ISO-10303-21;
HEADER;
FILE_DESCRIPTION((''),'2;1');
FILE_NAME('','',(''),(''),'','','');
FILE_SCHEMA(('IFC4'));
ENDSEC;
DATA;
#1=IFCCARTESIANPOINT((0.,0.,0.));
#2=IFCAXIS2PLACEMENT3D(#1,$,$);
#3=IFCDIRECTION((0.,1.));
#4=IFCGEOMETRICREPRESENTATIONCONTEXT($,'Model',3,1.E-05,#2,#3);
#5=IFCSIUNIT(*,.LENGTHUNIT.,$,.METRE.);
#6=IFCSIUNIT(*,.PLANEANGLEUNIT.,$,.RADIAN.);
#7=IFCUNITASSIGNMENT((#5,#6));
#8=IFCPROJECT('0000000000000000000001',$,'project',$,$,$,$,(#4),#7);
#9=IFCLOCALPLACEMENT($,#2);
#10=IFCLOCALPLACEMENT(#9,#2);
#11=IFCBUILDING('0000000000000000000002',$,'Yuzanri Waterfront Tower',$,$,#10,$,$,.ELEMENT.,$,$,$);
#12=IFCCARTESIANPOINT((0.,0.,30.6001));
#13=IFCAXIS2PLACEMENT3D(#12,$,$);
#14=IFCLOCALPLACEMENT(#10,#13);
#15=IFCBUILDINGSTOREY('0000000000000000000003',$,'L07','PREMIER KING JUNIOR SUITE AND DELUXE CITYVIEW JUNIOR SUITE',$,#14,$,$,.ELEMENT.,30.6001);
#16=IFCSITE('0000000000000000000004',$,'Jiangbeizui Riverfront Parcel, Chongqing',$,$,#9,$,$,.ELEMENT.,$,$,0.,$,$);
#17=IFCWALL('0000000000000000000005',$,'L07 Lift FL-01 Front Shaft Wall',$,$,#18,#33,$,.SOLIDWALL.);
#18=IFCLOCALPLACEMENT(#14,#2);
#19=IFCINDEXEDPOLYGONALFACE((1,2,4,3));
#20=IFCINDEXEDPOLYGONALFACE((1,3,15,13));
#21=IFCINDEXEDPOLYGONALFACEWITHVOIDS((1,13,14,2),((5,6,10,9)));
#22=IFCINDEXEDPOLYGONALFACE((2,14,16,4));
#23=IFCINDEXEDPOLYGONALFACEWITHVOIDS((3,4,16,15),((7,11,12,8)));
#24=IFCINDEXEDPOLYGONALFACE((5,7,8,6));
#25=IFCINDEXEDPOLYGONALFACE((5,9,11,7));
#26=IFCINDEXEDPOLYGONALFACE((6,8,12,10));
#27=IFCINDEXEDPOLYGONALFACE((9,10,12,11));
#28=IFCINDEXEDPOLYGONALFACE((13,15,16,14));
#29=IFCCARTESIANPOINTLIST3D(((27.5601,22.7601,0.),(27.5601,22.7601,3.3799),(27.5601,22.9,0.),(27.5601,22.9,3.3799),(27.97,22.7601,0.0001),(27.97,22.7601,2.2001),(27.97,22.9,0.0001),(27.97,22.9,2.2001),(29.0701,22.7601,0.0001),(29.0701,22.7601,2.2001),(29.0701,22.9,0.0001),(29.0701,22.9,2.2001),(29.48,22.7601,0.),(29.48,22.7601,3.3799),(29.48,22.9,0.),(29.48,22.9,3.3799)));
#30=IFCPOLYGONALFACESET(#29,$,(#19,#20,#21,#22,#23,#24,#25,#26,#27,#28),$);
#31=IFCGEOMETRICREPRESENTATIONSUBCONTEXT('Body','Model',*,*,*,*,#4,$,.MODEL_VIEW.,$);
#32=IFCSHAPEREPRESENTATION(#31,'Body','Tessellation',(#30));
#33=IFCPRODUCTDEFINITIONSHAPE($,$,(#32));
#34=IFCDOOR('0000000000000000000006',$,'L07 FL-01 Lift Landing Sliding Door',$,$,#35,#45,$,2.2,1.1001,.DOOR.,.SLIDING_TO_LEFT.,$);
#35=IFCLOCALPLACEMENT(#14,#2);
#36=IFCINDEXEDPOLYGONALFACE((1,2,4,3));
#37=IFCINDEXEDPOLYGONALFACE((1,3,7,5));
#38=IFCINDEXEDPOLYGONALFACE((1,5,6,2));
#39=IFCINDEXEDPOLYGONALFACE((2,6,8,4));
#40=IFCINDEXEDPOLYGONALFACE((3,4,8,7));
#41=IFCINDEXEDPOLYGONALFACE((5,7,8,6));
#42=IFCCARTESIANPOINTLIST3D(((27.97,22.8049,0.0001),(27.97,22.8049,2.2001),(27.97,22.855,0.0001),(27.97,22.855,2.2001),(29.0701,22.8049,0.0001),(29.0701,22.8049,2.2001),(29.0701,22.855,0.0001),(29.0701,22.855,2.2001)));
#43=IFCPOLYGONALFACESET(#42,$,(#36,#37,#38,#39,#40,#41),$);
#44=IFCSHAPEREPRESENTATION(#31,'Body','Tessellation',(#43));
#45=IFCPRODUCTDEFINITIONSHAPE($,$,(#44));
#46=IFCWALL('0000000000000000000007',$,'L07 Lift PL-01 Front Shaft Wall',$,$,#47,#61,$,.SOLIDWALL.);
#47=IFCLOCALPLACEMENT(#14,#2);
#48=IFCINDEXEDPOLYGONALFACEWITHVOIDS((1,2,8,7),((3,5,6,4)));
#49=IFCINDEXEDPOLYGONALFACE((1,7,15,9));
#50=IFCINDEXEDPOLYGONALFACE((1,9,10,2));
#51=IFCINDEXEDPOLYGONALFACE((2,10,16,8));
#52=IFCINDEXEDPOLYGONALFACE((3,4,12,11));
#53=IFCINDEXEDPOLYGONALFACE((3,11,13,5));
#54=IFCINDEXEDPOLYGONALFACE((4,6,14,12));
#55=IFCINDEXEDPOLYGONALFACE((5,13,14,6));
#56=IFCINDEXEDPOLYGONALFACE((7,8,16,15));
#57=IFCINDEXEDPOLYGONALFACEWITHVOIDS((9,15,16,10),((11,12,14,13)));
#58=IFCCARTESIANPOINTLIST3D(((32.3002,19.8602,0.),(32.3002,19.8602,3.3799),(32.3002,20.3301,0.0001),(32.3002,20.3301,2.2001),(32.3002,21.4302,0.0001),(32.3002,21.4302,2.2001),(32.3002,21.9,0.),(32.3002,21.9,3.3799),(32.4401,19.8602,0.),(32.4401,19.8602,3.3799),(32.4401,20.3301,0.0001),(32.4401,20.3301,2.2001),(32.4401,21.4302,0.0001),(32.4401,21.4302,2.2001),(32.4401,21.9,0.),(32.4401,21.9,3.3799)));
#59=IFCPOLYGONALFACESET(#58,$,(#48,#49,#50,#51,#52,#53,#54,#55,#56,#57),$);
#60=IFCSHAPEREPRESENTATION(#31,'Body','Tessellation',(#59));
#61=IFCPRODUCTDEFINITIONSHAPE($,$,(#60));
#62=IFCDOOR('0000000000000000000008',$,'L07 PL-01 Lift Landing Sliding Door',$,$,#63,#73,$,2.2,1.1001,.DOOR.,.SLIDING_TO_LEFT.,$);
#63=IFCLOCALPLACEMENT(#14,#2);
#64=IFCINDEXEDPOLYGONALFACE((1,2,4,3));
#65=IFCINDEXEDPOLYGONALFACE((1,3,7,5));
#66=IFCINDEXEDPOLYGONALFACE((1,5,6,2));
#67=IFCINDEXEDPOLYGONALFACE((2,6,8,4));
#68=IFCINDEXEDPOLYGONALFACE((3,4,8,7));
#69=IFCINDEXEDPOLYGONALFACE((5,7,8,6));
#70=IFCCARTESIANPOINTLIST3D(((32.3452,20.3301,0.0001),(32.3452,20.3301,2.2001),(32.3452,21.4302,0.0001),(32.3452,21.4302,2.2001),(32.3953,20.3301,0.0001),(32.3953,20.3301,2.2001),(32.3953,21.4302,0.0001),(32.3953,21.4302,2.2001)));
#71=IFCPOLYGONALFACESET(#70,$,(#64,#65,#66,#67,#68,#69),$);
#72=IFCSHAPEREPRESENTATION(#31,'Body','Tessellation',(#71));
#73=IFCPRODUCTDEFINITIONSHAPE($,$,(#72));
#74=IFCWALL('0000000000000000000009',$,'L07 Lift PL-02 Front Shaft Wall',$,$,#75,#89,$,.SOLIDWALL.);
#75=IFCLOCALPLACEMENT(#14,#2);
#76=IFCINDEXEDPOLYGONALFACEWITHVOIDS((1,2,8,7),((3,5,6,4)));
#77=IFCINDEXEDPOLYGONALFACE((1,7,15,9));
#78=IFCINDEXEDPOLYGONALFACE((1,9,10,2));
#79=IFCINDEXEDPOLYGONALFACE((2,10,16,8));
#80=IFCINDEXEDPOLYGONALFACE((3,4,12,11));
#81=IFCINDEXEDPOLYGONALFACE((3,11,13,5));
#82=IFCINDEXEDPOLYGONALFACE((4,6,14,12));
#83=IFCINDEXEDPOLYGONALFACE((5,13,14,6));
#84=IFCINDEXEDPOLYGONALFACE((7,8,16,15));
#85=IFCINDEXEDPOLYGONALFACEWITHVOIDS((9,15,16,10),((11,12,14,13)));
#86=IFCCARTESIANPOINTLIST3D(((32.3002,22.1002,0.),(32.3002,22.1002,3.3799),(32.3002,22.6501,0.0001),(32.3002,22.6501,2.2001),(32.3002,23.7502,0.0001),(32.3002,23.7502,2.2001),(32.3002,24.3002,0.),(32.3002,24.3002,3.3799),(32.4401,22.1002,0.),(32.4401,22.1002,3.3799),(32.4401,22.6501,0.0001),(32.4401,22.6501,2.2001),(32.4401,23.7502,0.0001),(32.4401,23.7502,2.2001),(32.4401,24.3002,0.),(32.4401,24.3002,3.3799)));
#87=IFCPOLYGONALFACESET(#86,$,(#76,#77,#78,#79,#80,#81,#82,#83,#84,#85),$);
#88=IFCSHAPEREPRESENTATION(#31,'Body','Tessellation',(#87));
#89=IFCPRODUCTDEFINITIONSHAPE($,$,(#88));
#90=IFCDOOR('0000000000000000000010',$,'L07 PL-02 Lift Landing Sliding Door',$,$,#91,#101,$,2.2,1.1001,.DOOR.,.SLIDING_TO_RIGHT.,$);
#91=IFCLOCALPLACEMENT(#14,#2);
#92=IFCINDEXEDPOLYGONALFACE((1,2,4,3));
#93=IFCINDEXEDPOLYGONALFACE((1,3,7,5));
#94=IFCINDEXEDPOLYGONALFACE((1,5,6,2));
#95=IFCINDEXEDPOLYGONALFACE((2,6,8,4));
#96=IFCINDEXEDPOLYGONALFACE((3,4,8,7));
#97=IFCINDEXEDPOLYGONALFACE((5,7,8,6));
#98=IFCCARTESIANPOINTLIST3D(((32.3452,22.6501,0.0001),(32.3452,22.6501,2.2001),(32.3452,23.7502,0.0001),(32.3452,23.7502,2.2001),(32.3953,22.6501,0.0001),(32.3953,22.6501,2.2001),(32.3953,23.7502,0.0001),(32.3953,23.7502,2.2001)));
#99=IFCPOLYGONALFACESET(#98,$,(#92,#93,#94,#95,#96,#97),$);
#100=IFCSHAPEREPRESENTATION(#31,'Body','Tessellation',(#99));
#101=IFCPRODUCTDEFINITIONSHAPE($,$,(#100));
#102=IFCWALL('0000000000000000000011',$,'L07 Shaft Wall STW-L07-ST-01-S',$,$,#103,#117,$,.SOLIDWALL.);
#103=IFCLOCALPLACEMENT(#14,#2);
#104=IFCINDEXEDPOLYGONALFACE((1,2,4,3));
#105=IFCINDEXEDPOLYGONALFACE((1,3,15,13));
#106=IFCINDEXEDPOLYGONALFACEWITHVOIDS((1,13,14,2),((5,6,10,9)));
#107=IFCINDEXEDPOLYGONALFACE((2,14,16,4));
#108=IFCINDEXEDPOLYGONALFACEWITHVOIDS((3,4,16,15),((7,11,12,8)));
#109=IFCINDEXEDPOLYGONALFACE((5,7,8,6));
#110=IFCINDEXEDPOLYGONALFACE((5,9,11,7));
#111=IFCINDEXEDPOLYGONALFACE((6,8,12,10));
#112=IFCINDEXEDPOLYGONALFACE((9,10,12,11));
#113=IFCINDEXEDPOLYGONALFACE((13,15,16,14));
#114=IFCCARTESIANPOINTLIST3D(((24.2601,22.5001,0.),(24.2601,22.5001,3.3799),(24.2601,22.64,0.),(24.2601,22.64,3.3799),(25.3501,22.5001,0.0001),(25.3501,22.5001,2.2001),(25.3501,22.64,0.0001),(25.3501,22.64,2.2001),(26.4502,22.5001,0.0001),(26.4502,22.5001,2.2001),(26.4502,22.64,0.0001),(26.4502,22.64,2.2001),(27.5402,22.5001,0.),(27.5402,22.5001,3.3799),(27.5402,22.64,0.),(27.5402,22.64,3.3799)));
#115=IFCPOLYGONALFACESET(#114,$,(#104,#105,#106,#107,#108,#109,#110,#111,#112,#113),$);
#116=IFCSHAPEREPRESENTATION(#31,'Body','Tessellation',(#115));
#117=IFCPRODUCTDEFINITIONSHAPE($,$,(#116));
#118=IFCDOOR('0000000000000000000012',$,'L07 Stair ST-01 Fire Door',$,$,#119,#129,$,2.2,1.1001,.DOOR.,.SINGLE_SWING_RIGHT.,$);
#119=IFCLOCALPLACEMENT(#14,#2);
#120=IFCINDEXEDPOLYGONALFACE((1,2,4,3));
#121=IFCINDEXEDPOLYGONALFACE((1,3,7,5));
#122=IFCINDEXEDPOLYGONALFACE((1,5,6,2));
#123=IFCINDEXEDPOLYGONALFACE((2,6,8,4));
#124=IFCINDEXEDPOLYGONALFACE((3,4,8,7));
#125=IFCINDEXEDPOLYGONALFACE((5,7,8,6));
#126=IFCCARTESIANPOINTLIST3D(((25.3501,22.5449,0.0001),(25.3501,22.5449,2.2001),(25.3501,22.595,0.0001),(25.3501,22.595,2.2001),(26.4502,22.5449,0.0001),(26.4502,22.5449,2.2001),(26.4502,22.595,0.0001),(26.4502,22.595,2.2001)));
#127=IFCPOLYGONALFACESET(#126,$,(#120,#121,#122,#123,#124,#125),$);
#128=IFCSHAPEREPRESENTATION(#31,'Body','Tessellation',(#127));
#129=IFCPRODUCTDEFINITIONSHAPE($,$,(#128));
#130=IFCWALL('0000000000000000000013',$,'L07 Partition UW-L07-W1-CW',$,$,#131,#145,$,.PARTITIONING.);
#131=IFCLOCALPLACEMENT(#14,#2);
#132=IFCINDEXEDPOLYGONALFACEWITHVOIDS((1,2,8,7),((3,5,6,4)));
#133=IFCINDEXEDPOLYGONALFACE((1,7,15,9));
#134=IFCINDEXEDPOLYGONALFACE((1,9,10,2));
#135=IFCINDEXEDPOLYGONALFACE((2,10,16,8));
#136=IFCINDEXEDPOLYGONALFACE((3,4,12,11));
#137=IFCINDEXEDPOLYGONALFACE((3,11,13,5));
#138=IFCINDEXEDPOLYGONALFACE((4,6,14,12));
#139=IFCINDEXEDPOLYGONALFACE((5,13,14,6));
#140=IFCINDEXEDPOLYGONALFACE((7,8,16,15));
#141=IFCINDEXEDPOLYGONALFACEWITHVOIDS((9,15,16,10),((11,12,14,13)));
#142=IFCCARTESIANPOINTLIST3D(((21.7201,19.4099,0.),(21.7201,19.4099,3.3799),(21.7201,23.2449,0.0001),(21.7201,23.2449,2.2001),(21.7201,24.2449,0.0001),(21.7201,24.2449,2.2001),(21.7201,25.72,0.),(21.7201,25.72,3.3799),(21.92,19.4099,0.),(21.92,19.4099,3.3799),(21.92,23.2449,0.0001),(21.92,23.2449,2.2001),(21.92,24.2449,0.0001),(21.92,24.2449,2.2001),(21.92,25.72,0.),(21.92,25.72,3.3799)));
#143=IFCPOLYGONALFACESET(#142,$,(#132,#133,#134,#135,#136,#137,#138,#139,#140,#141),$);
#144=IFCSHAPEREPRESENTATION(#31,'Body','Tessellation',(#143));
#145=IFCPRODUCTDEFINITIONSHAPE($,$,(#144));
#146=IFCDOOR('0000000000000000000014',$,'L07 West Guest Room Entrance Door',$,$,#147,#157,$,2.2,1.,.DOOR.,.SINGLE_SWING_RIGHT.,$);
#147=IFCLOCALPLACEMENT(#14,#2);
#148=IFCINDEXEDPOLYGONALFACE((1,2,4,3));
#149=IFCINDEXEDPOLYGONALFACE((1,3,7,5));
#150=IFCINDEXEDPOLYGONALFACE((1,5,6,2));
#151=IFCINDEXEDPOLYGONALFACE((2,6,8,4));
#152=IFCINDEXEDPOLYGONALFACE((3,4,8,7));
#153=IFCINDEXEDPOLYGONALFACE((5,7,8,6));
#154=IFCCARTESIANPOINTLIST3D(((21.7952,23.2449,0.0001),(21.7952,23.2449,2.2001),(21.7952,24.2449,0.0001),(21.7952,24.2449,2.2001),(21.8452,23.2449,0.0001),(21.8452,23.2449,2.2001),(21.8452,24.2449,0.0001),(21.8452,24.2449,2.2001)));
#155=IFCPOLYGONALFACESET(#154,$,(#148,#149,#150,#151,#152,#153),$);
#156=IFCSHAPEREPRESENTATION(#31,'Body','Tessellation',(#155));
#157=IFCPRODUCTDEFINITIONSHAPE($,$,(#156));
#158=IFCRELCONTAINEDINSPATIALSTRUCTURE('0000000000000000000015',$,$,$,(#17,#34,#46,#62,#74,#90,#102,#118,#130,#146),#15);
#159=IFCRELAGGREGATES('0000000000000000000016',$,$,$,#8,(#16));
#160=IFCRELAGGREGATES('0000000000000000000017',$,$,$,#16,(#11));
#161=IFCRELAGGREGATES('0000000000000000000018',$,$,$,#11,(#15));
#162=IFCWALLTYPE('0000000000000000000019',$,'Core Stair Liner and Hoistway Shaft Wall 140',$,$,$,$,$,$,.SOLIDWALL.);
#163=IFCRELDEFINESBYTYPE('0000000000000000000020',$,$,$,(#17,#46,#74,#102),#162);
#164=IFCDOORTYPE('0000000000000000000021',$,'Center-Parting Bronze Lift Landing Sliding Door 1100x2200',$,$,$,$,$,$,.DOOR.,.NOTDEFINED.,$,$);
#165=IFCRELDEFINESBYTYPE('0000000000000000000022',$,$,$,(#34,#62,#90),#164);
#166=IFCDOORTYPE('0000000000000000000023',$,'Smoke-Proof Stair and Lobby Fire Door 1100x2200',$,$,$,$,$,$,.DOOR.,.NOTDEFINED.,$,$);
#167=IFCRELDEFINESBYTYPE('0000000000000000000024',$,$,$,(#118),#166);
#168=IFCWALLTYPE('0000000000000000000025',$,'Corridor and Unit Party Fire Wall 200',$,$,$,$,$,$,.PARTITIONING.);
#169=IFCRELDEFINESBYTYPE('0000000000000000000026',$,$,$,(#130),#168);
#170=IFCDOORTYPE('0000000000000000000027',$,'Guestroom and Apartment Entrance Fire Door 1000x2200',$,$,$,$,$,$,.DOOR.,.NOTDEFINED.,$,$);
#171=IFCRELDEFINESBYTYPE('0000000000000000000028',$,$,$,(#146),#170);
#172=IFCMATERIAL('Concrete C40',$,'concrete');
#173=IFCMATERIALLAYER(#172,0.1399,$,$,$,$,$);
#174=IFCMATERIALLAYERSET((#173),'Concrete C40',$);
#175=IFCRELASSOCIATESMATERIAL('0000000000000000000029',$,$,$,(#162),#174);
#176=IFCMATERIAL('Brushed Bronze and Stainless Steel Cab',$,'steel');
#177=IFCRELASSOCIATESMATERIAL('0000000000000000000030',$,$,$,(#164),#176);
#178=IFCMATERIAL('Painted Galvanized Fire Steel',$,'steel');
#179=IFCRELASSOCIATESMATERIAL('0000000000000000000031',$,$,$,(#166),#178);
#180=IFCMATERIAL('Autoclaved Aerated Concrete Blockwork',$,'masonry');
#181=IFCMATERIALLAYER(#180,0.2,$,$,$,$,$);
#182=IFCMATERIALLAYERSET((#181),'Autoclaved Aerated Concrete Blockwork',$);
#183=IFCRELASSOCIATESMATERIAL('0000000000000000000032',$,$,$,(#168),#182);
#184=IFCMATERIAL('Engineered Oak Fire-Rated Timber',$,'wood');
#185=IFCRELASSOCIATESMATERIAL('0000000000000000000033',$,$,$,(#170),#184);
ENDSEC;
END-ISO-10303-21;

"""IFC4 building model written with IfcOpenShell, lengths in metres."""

from ifc_helpers import new_model, si_unit, direction, frame, frame_2d, origin, place, context, subcontext, project, spatial, rectangle, extrude, source, transform, mapped, material, layer, layer_set, type_object, element, fill, save


model = new_model("IFC4")

# Units and contexts
model_context = context("Model", 3, precision=1e-05, world=origin(), true_north=direction((0.0, 1.0)))
body_context = subcontext(model_context, "Body", "Model", "MODEL_VIEW")
ifc_project = project(units=[si_unit("LENGTHUNIT", "METRE"), si_unit("PLANEANGLEUNIT", "RADIAN")], contexts=[model_context])

# Site, building, storey
site_placement = place(None, origin())
site = spatial("IfcSite", under=ifc_project, at=site_placement, Name="Jiangbeizui Riverfront Parcel, Chongqing", CompositionType="ELEMENT", RefElevation=0.0)
building_placement = place(site_placement, origin())
building = spatial("IfcBuilding", under=site, at=building_placement, Name="Yuzanri Waterfront Tower", CompositionType="ELEMENT")
storey_placement = place(building_placement, frame((0.0, 0.0, 30.6001)))
storey = spatial("IfcBuildingStorey", under=building, at=storey_placement, Name="L07", Description="PREMIER KING JUNIOR SUITE AND DELUXE CITYVIEW JUNIOR SUITE", CompositionType="ELEMENT", Elevation=30.6001)

# Walls, openings, doors
ifc_material_1 = material(Name="Concrete C40", Category="concrete")
ifc_layer_1 = layer(ifc_material_1, 0.1399)
ifc_layer_set_1 = layer_set([ifc_layer_1], Name="Concrete C40")
wall_type_1 = type_object("IfcWallType", Name="Core Stair Liner and Hoistway Shaft Wall 140", PredefinedType="SOLIDWALL", material=ifc_layer_set_1)
wall_1_placement = place(storey_placement, frame((27.5601, 22.8301, 0.0), z_axis=(0.0, 0.0, 1.0), x_axis=(1.0, 0.0, 0.0)))
wall_1 = element("IfcWall", 1, at=wall_1_placement, inside=storey, type_object=wall_type_1, Name="L07 Lift FL-01 Front Shaft Wall", PredefinedType="SOLIDWALL", context=body_context, shape_type="SweptSolid", body=[
    extrude(rectangle(XDim=1.9199, YDim=0.1399, at=frame_2d((0.96, 0.0))), origin(), (0.0, 0.0, 1.0), 3.3799),
])
opening_1_placement = place(wall_1_placement, frame((0.4099, 0.0, 0.0)))
opening_1 = element("IfcOpeningElement", 2, at=opening_1_placement, cuts=wall_1, PredefinedType="OPENING", context=body_context, shape_type="SweptSolid", body=[
    extrude(rectangle(XDim=1.1001, YDim=2.2, at=frame_2d((0.55, 1.1001))), frame((0.0, 0.085, 0.0), z_axis=(0.0, -1.0, 0.0), x_axis=(1.0, 0.0, 0.0)), (0.0, 0.0, 1.0), 0.1697),
])
ifc_material_2 = material(Name="Brushed Bronze and Stainless Steel Cab", Category="steel")
door_type_1 = type_object("IfcDoorType", Name="Center-Parting Bronze Lift Landing Sliding Door 1100x2200", OperationType="NOTDEFINED", PredefinedType="DOOR", material=ifc_material_2)
shared_shape_1 = source(origin(), body_context, "Body", "SweptSolid", [
    extrude(rectangle(XDim=1.1001, YDim=2.2, at=frame_2d((0.55, 1.1001))), frame((0.0, 0.0249, 0.0), z_axis=(0.0, -1.0, 0.0), x_axis=(1.0, 0.0, 0.0)), (0.0, 0.0, 1.0), 0.05),
])
door_1_placement = place(opening_1_placement, origin())
door_1 = element("IfcDoor", 3, at=door_1_placement, inside=storey, type_object=door_type_1, Name="L07 FL-01 Lift Landing Sliding Door", OperationType="SLIDING_TO_LEFT", OverallHeight=2.2, OverallWidth=1.1001, PredefinedType="DOOR", context=body_context, shape_type="MappedRepresentation", body=[
    mapped(shared_shape_1, transform((0.0, 0.0, 0.0), scale=1.0)),
])
fill(opening_1, door_1)
wall_2_placement = place(storey_placement, frame((32.3701, 19.8601, 0.0), z_axis=(0.0, 0.0, 1.0), x_axis=(0.0, 1.0, 0.0)))
wall_2 = element("IfcWall", 4, at=wall_2_placement, inside=storey, type_object=wall_type_1, Name="L07 Lift PL-01 Front Shaft Wall", PredefinedType="SOLIDWALL", context=body_context, shape_type="SweptSolid", body=[
    extrude(rectangle(XDim=2.0398, YDim=0.1399, at=frame_2d((1.02, 0.0))), origin(), (0.0, 0.0, 1.0), 3.3799),
])
opening_2_placement = place(wall_2_placement, frame((0.47, 0.0, 0.0)))
opening_2 = element("IfcOpeningElement", 5, at=opening_2_placement, cuts=wall_2, PredefinedType="OPENING", context=body_context, shape_type="SweptSolid", body=[
    extrude(rectangle(XDim=1.1001, YDim=2.2, at=frame_2d((0.55, 1.1001))), frame((0.0, 0.085, 0.0), z_axis=(0.0, -1.0, 0.0), x_axis=(1.0, 0.0, 0.0)), (0.0, 0.0, 1.0), 0.1697),
])
door_2_placement = place(opening_2_placement, origin())
door_2 = element("IfcDoor", 6, at=door_2_placement, inside=storey, type_object=door_type_1, Name="L07 PL-01 Lift Landing Sliding Door", OperationType="SLIDING_TO_LEFT", OverallHeight=2.2, OverallWidth=1.1001, PredefinedType="DOOR", context=body_context, shape_type="MappedRepresentation", body=[
    mapped(shared_shape_1, transform((0.0, 0.0, 0.0), scale=1.0)),
])
fill(opening_2, door_2)
wall_3_placement = place(storey_placement, frame((32.3701, 22.1001, 0.0), z_axis=(0.0, 0.0, 1.0), x_axis=(0.0, 1.0, 0.0)))
wall_3 = element("IfcWall", 7, at=wall_3_placement, inside=storey, type_object=wall_type_1, Name="L07 Lift PL-02 Front Shaft Wall", PredefinedType="SOLIDWALL", context=body_context, shape_type="SweptSolid", body=[
    extrude(rectangle(XDim=2.2, YDim=0.1399, at=frame_2d((1.1001, 0.0))), origin(), (0.0, 0.0, 1.0), 3.3799),
])
opening_3_placement = place(wall_3_placement, frame((0.55, 0.0, 0.0)))
opening_3 = element("IfcOpeningElement", 8, at=opening_3_placement, cuts=wall_3, PredefinedType="OPENING", context=body_context, shape_type="SweptSolid", body=[
    extrude(rectangle(XDim=1.1001, YDim=2.2, at=frame_2d((0.55, 1.1001))), frame((0.0, 0.085, 0.0), z_axis=(0.0, -1.0, 0.0), x_axis=(1.0, 0.0, 0.0)), (0.0, 0.0, 1.0), 0.1697),
])
door_3_placement = place(opening_3_placement, origin())
door_3 = element("IfcDoor", 9, at=door_3_placement, inside=storey, type_object=door_type_1, Name="L07 PL-02 Lift Landing Sliding Door", OperationType="SLIDING_TO_RIGHT", OverallHeight=2.2, OverallWidth=1.1001, PredefinedType="DOOR", context=body_context, shape_type="MappedRepresentation", body=[
    mapped(shared_shape_1, transform((0.0, 0.0, 0.0), scale=1.0)),
])
fill(opening_3, door_3)
wall_4_placement = place(storey_placement, frame((24.26, 22.5701, 0.0), z_axis=(0.0, 0.0, 1.0), x_axis=(1.0, 0.0, 0.0)))
wall_4 = element("IfcWall", 10, at=wall_4_placement, inside=storey, type_object=wall_type_1, Name="L07 Shaft Wall STW-L07-ST-01-S", PredefinedType="SOLIDWALL", context=body_context, shape_type="SweptSolid", body=[
    extrude(rectangle(XDim=3.28, YDim=0.1399, at=frame_2d((1.6401, 0.0))), origin(), (0.0, 0.0, 1.0), 3.3799),
])
opening_4_placement = place(wall_4_placement, frame((1.0901, 0.0, 0.0)))
opening_4 = element("IfcOpeningElement", 11, at=opening_4_placement, cuts=wall_4, PredefinedType="OPENING", context=body_context, shape_type="SweptSolid", body=[
    extrude(rectangle(XDim=1.1001, YDim=2.2, at=frame_2d((0.55, 1.1001))), frame((0.0, 0.085, 0.0), z_axis=(0.0, -1.0, 0.0), x_axis=(1.0, 0.0, 0.0)), (0.0, 0.0, 1.0), 0.1697),
])
ifc_material_3 = material(Name="Painted Galvanized Fire Steel", Category="steel")
door_type_2 = type_object("IfcDoorType", Name="Smoke-Proof Stair and Lobby Fire Door 1100x2200", OperationType="NOTDEFINED", PredefinedType="DOOR", material=ifc_material_3)
shared_shape_2 = source(origin(), body_context, "Body", "SweptSolid", [
    extrude(rectangle(XDim=1.1001, YDim=2.2, at=frame_2d((0.55, 1.1001))), frame((0.0, 0.0249, 0.0), z_axis=(0.0, -1.0, 0.0), x_axis=(1.0, 0.0, 0.0)), (0.0, 0.0, 1.0), 0.05),
])
door_4_placement = place(opening_4_placement, origin())
door_4 = element("IfcDoor", 12, at=door_4_placement, inside=storey, type_object=door_type_2, Name="L07 Stair ST-01 Fire Door", OperationType="SINGLE_SWING_RIGHT", OverallHeight=2.2, OverallWidth=1.1001, PredefinedType="DOOR", context=body_context, shape_type="MappedRepresentation", body=[
    mapped(shared_shape_2, transform((0.0, 0.0, 0.0), scale=1.0)),
])
fill(opening_4, door_4)
ifc_material_4 = material(Name="Autoclaved Aerated Concrete Blockwork", Category="masonry")
ifc_layer_2 = layer(ifc_material_4, 0.2)
ifc_layer_set_2 = layer_set([ifc_layer_2], Name="Autoclaved Aerated Concrete Blockwork")
wall_type_2 = type_object("IfcWallType", Name="Corridor and Unit Party Fire Wall 200", PredefinedType="PARTITIONING", material=ifc_layer_set_2)
wall_5_placement = place(storey_placement, frame((21.8201, 19.4099, 0.0), z_axis=(0.0, 0.0, 1.0), x_axis=(0.0, 1.0, 0.0)))
wall_5 = element("IfcWall", 13, at=wall_5_placement, inside=storey, type_object=wall_type_2, Name="L07 Partition UW-L07-W1-CW", PredefinedType="PARTITIONING", context=body_context, shape_type="SweptSolid", body=[
    extrude(rectangle(XDim=6.3101, YDim=0.2, at=frame_2d((3.155, 0.0))), origin(), (0.0, 0.0, 1.0), 3.3799),
])
opening_5_placement = place(wall_5_placement, frame((3.835, 0.0, 0.0)))
opening_5 = element("IfcOpeningElement", 14, at=opening_5_placement, cuts=wall_5, PredefinedType="OPENING", context=body_context, shape_type="SweptSolid", body=[
    extrude(rectangle(XDim=1.0, YDim=2.2, at=frame_2d((0.5, 1.1001))), frame((0.0, 0.1147, 0.0), z_axis=(0.0, -1.0, 0.0), x_axis=(1.0, 0.0, 0.0)), (0.0, 0.0, 1.0), 0.2297),
])
ifc_material_5 = material(Name="Engineered Oak Fire-Rated Timber", Category="wood")
door_type_3 = type_object("IfcDoorType", Name="Guestroom and Apartment Entrance Fire Door 1000x2200", OperationType="NOTDEFINED", PredefinedType="DOOR", material=ifc_material_5)
shared_shape_3 = source(origin(), body_context, "Body", "SweptSolid", [
    extrude(rectangle(XDim=1.0, YDim=2.2, at=frame_2d((0.5, 1.1001))), frame((0.0, 0.0249, 0.0), z_axis=(0.0, -1.0, 0.0), x_axis=(1.0, 0.0, 0.0)), (0.0, 0.0, 1.0), 0.05),
])
door_5_placement = place(opening_5_placement, origin())
door_5 = element("IfcDoor", 15, at=door_5_placement, inside=storey, type_object=door_type_3, Name="L07 West Guest Room Entrance Door", OperationType="SINGLE_SWING_RIGHT", OverallHeight=2.2, OverallWidth=1.0, PredefinedType="DOOR", context=body_context, shape_type="MappedRepresentation", body=[
    mapped(shared_shape_3, transform((0.0, 0.0, 0.0), scale=1.0)),
])
fill(opening_5, door_5)

save(model, "model.ifc")
